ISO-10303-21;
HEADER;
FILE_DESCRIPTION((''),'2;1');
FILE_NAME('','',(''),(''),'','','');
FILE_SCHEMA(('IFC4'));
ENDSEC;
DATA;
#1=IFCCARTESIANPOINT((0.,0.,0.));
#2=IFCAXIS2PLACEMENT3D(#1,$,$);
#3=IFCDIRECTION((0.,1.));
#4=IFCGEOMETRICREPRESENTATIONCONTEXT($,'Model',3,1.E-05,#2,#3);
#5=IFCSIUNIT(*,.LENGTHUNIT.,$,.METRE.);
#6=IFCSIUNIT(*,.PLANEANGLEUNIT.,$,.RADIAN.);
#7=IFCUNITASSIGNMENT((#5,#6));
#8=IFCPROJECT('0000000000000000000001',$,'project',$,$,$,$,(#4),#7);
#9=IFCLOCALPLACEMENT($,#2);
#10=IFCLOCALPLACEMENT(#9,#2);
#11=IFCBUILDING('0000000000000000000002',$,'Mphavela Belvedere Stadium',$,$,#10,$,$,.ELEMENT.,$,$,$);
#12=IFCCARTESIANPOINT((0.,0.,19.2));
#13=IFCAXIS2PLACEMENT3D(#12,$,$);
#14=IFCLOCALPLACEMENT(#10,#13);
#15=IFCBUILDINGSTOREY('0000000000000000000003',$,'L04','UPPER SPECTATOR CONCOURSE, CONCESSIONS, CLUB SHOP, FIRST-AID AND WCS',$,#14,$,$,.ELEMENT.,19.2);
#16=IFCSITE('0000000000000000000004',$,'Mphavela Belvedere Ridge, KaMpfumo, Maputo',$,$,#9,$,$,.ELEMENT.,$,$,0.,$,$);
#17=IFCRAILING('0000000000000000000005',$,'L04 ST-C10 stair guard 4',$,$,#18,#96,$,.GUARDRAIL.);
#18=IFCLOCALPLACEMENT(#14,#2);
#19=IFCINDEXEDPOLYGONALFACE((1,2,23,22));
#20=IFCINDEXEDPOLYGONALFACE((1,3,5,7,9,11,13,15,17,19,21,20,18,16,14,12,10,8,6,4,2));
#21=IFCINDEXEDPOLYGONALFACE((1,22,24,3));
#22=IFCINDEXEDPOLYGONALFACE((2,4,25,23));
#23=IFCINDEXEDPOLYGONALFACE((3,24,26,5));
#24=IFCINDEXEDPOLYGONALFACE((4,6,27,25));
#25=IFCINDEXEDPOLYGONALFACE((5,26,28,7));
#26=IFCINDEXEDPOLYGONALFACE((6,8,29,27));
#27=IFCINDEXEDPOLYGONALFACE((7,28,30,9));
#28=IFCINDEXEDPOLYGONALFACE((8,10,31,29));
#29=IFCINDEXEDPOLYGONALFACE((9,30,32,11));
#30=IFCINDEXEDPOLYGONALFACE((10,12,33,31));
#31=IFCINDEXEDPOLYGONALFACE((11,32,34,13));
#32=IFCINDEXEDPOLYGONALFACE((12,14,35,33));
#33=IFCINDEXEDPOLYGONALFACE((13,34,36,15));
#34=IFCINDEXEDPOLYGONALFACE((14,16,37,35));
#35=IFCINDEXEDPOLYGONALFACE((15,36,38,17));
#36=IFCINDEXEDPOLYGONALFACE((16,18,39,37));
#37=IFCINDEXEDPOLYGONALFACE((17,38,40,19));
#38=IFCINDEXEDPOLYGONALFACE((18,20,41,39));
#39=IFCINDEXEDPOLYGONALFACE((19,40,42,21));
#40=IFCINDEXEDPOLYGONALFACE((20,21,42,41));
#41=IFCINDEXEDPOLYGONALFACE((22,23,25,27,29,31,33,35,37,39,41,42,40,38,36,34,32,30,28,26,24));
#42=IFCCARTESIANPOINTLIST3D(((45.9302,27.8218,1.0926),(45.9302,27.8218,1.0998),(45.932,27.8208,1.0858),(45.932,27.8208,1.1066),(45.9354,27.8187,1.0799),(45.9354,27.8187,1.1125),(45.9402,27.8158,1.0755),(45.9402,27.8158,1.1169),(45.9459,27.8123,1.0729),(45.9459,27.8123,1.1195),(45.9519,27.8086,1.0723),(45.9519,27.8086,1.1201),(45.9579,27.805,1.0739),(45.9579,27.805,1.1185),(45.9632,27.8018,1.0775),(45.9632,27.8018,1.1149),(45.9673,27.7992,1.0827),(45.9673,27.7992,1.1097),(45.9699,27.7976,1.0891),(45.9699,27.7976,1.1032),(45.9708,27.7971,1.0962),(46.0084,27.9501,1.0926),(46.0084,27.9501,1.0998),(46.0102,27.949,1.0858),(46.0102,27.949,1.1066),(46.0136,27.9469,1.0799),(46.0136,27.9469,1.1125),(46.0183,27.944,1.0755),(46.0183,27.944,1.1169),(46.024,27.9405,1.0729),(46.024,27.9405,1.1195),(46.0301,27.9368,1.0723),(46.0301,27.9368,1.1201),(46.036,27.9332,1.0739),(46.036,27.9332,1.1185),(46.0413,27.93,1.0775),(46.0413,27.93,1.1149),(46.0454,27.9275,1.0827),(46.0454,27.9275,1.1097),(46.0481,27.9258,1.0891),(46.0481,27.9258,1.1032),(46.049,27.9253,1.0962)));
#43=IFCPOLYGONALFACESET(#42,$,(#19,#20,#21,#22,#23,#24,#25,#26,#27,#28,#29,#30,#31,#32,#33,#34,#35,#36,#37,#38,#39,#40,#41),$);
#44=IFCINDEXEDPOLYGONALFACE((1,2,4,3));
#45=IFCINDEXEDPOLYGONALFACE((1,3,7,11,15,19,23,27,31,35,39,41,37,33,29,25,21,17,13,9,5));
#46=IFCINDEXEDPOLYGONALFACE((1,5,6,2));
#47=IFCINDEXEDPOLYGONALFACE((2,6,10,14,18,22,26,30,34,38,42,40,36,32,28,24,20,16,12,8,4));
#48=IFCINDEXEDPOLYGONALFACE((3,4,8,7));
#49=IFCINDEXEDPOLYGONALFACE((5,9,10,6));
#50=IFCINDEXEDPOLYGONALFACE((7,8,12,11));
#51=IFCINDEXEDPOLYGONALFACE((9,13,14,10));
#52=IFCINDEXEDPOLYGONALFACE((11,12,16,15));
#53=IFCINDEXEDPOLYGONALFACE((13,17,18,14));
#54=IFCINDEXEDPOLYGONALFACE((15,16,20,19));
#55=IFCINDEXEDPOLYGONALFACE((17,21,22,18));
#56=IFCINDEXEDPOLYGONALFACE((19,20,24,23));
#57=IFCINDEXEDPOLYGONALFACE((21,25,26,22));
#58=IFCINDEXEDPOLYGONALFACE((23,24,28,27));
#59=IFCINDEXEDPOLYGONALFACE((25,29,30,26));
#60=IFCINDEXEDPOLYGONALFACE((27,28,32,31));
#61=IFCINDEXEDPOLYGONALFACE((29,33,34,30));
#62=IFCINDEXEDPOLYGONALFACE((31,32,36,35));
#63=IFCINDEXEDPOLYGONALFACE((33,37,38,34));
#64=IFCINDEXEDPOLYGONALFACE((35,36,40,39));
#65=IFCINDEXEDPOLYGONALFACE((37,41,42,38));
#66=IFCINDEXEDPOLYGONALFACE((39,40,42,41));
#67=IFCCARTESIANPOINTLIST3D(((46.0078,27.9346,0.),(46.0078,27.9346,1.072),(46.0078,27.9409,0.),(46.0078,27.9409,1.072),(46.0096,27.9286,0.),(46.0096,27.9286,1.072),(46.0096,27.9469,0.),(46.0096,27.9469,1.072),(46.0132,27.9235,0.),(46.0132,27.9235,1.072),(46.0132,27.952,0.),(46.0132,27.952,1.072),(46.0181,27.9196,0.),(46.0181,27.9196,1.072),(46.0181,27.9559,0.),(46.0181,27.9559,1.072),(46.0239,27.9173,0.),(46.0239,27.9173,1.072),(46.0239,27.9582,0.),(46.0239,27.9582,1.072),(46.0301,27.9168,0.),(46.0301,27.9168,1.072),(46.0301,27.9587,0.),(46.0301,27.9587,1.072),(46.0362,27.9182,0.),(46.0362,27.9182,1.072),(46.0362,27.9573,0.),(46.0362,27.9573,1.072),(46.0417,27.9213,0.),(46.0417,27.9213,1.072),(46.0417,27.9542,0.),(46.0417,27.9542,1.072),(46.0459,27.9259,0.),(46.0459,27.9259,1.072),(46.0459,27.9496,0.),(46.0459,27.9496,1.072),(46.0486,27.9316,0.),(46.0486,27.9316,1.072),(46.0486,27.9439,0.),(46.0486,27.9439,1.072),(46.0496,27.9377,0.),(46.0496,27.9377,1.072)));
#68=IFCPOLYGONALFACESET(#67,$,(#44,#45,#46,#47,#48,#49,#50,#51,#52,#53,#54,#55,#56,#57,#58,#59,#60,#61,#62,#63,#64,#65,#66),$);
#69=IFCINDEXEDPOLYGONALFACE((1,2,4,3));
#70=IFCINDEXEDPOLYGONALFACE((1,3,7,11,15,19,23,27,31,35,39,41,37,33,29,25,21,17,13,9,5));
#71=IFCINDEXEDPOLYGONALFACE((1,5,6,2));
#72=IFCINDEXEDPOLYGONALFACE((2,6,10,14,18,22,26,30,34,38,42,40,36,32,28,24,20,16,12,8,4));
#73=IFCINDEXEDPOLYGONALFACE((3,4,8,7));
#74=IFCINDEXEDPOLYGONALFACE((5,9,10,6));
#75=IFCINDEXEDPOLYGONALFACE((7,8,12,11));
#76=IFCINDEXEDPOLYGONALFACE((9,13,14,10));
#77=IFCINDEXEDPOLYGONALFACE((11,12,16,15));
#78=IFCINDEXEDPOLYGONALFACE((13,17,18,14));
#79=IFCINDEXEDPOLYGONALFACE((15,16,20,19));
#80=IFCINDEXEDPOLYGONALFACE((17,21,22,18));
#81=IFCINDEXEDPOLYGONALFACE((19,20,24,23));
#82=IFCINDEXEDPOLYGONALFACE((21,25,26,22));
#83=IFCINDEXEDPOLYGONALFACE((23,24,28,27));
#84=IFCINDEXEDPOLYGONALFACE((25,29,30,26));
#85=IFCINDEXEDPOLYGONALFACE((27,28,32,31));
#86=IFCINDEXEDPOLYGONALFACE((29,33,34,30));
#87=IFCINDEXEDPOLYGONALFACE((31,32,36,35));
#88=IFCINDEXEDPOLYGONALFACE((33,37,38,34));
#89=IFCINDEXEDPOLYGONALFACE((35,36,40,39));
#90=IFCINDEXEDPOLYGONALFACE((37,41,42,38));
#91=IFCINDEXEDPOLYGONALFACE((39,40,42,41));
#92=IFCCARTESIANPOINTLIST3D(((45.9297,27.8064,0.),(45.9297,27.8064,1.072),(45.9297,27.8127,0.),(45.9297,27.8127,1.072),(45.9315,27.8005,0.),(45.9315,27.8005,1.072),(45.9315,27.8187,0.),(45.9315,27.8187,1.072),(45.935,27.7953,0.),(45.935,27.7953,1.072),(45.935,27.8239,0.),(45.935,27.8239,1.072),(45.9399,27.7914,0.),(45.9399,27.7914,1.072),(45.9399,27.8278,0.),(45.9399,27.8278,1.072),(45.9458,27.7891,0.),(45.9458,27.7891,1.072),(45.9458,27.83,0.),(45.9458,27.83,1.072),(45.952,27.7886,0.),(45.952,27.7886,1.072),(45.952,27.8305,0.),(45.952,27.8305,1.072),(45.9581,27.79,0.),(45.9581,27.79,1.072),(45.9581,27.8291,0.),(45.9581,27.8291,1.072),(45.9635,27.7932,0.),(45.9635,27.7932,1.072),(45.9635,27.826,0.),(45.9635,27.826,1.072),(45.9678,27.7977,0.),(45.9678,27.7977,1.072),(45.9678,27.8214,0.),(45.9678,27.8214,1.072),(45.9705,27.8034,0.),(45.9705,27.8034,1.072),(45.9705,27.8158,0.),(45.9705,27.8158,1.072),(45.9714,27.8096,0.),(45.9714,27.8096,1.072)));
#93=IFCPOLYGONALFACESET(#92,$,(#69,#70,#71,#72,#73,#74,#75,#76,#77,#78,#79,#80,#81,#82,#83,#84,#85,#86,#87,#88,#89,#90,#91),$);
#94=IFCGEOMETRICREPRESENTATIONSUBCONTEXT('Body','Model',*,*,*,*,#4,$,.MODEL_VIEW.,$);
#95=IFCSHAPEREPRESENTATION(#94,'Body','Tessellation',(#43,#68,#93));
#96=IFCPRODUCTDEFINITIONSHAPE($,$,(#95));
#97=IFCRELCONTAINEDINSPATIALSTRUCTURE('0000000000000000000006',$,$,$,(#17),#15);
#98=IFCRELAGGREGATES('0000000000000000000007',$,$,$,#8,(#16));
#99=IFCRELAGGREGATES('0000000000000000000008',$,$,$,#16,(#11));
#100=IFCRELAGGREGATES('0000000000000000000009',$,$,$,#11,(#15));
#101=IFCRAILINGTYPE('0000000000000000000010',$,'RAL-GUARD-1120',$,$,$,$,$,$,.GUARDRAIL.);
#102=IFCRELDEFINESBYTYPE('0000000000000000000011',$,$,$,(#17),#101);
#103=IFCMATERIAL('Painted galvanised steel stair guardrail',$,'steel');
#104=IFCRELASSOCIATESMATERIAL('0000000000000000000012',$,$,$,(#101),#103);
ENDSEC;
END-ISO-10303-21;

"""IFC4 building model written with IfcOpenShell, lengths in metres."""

from ifc_helpers import new_model, si_unit, direction, frame, origin, origin_2d, place, context, subcontext, project, spatial, circle, extrude, material, type_object, element, save


model = new_model("IFC4")

# Units and contexts
model_context = context("Model", 3, precision=1e-05, world=origin(), true_north=direction((0.0, 1.0)))
body_context = subcontext(model_context, "Body", "Model", "MODEL_VIEW")
ifc_project = project(units=[si_unit("LENGTHUNIT", "METRE"), si_unit("PLANEANGLEUNIT", "RADIAN")], contexts=[model_context])

# Site, building, storey
site_placement = place(None, origin())
site = spatial("IfcSite", under=ifc_project, at=site_placement, Name="Mphavela Belvedere Ridge, KaMpfumo, Maputo", CompositionType="ELEMENT", RefElevation=0.0)
building_placement = place(site_placement, origin())
building = spatial("IfcBuilding", under=site, at=building_placement, Name="Mphavela Belvedere Stadium", CompositionType="ELEMENT")
storey_placement = place(building_placement, frame((0.0, 0.0, 19.2)))
storey = spatial("IfcBuildingStorey", under=building, at=storey_placement, Name="L04", Description="UPPER SPECTATOR CONCOURSE, CONCESSIONS, CLUB SHOP, FIRST-AID AND WCS", CompositionType="ELEMENT", Elevation=19.2)

# Railing
ifc_material_1 = material(Name="Painted galvanised steel stair guardrail", Category="steel")
railing_type_1 = type_object("IfcRailingType", Name="RAL-GUARD-1120", PredefinedType="GUARDRAIL", material=ifc_material_1)
railing_1_placement = place(storey_placement, frame((46.0286, 27.9377, 0.0)))
element("IfcRailing", 1, at=railing_1_placement, inside=storey, type_object=railing_type_1, Name="L04 ST-C10 stair guard 4", PredefinedType="GUARDRAIL", context=body_context, shape_type="SweptSolid", body=[
    extrude(circle(Radius=0.0239, at=origin_2d()), frame((0.0, 0.0, 1.0962), z_axis=(-0.520463, -0.853884, 0.0), x_axis=(0.853884, -0.520463, 0.0)), (0.0, 0.0, 1.0), 0.1501),
    extrude(circle(Radius=0.021, at=origin_2d()), origin(), (0.0, 0.0, 1.0), 1.072),
    extrude(circle(Radius=0.021, at=origin_2d()), frame((-0.0781, -0.1282, 0.0)), (0.0, 0.0, 1.0), 1.072),
])

save(model, "model.ifc")
